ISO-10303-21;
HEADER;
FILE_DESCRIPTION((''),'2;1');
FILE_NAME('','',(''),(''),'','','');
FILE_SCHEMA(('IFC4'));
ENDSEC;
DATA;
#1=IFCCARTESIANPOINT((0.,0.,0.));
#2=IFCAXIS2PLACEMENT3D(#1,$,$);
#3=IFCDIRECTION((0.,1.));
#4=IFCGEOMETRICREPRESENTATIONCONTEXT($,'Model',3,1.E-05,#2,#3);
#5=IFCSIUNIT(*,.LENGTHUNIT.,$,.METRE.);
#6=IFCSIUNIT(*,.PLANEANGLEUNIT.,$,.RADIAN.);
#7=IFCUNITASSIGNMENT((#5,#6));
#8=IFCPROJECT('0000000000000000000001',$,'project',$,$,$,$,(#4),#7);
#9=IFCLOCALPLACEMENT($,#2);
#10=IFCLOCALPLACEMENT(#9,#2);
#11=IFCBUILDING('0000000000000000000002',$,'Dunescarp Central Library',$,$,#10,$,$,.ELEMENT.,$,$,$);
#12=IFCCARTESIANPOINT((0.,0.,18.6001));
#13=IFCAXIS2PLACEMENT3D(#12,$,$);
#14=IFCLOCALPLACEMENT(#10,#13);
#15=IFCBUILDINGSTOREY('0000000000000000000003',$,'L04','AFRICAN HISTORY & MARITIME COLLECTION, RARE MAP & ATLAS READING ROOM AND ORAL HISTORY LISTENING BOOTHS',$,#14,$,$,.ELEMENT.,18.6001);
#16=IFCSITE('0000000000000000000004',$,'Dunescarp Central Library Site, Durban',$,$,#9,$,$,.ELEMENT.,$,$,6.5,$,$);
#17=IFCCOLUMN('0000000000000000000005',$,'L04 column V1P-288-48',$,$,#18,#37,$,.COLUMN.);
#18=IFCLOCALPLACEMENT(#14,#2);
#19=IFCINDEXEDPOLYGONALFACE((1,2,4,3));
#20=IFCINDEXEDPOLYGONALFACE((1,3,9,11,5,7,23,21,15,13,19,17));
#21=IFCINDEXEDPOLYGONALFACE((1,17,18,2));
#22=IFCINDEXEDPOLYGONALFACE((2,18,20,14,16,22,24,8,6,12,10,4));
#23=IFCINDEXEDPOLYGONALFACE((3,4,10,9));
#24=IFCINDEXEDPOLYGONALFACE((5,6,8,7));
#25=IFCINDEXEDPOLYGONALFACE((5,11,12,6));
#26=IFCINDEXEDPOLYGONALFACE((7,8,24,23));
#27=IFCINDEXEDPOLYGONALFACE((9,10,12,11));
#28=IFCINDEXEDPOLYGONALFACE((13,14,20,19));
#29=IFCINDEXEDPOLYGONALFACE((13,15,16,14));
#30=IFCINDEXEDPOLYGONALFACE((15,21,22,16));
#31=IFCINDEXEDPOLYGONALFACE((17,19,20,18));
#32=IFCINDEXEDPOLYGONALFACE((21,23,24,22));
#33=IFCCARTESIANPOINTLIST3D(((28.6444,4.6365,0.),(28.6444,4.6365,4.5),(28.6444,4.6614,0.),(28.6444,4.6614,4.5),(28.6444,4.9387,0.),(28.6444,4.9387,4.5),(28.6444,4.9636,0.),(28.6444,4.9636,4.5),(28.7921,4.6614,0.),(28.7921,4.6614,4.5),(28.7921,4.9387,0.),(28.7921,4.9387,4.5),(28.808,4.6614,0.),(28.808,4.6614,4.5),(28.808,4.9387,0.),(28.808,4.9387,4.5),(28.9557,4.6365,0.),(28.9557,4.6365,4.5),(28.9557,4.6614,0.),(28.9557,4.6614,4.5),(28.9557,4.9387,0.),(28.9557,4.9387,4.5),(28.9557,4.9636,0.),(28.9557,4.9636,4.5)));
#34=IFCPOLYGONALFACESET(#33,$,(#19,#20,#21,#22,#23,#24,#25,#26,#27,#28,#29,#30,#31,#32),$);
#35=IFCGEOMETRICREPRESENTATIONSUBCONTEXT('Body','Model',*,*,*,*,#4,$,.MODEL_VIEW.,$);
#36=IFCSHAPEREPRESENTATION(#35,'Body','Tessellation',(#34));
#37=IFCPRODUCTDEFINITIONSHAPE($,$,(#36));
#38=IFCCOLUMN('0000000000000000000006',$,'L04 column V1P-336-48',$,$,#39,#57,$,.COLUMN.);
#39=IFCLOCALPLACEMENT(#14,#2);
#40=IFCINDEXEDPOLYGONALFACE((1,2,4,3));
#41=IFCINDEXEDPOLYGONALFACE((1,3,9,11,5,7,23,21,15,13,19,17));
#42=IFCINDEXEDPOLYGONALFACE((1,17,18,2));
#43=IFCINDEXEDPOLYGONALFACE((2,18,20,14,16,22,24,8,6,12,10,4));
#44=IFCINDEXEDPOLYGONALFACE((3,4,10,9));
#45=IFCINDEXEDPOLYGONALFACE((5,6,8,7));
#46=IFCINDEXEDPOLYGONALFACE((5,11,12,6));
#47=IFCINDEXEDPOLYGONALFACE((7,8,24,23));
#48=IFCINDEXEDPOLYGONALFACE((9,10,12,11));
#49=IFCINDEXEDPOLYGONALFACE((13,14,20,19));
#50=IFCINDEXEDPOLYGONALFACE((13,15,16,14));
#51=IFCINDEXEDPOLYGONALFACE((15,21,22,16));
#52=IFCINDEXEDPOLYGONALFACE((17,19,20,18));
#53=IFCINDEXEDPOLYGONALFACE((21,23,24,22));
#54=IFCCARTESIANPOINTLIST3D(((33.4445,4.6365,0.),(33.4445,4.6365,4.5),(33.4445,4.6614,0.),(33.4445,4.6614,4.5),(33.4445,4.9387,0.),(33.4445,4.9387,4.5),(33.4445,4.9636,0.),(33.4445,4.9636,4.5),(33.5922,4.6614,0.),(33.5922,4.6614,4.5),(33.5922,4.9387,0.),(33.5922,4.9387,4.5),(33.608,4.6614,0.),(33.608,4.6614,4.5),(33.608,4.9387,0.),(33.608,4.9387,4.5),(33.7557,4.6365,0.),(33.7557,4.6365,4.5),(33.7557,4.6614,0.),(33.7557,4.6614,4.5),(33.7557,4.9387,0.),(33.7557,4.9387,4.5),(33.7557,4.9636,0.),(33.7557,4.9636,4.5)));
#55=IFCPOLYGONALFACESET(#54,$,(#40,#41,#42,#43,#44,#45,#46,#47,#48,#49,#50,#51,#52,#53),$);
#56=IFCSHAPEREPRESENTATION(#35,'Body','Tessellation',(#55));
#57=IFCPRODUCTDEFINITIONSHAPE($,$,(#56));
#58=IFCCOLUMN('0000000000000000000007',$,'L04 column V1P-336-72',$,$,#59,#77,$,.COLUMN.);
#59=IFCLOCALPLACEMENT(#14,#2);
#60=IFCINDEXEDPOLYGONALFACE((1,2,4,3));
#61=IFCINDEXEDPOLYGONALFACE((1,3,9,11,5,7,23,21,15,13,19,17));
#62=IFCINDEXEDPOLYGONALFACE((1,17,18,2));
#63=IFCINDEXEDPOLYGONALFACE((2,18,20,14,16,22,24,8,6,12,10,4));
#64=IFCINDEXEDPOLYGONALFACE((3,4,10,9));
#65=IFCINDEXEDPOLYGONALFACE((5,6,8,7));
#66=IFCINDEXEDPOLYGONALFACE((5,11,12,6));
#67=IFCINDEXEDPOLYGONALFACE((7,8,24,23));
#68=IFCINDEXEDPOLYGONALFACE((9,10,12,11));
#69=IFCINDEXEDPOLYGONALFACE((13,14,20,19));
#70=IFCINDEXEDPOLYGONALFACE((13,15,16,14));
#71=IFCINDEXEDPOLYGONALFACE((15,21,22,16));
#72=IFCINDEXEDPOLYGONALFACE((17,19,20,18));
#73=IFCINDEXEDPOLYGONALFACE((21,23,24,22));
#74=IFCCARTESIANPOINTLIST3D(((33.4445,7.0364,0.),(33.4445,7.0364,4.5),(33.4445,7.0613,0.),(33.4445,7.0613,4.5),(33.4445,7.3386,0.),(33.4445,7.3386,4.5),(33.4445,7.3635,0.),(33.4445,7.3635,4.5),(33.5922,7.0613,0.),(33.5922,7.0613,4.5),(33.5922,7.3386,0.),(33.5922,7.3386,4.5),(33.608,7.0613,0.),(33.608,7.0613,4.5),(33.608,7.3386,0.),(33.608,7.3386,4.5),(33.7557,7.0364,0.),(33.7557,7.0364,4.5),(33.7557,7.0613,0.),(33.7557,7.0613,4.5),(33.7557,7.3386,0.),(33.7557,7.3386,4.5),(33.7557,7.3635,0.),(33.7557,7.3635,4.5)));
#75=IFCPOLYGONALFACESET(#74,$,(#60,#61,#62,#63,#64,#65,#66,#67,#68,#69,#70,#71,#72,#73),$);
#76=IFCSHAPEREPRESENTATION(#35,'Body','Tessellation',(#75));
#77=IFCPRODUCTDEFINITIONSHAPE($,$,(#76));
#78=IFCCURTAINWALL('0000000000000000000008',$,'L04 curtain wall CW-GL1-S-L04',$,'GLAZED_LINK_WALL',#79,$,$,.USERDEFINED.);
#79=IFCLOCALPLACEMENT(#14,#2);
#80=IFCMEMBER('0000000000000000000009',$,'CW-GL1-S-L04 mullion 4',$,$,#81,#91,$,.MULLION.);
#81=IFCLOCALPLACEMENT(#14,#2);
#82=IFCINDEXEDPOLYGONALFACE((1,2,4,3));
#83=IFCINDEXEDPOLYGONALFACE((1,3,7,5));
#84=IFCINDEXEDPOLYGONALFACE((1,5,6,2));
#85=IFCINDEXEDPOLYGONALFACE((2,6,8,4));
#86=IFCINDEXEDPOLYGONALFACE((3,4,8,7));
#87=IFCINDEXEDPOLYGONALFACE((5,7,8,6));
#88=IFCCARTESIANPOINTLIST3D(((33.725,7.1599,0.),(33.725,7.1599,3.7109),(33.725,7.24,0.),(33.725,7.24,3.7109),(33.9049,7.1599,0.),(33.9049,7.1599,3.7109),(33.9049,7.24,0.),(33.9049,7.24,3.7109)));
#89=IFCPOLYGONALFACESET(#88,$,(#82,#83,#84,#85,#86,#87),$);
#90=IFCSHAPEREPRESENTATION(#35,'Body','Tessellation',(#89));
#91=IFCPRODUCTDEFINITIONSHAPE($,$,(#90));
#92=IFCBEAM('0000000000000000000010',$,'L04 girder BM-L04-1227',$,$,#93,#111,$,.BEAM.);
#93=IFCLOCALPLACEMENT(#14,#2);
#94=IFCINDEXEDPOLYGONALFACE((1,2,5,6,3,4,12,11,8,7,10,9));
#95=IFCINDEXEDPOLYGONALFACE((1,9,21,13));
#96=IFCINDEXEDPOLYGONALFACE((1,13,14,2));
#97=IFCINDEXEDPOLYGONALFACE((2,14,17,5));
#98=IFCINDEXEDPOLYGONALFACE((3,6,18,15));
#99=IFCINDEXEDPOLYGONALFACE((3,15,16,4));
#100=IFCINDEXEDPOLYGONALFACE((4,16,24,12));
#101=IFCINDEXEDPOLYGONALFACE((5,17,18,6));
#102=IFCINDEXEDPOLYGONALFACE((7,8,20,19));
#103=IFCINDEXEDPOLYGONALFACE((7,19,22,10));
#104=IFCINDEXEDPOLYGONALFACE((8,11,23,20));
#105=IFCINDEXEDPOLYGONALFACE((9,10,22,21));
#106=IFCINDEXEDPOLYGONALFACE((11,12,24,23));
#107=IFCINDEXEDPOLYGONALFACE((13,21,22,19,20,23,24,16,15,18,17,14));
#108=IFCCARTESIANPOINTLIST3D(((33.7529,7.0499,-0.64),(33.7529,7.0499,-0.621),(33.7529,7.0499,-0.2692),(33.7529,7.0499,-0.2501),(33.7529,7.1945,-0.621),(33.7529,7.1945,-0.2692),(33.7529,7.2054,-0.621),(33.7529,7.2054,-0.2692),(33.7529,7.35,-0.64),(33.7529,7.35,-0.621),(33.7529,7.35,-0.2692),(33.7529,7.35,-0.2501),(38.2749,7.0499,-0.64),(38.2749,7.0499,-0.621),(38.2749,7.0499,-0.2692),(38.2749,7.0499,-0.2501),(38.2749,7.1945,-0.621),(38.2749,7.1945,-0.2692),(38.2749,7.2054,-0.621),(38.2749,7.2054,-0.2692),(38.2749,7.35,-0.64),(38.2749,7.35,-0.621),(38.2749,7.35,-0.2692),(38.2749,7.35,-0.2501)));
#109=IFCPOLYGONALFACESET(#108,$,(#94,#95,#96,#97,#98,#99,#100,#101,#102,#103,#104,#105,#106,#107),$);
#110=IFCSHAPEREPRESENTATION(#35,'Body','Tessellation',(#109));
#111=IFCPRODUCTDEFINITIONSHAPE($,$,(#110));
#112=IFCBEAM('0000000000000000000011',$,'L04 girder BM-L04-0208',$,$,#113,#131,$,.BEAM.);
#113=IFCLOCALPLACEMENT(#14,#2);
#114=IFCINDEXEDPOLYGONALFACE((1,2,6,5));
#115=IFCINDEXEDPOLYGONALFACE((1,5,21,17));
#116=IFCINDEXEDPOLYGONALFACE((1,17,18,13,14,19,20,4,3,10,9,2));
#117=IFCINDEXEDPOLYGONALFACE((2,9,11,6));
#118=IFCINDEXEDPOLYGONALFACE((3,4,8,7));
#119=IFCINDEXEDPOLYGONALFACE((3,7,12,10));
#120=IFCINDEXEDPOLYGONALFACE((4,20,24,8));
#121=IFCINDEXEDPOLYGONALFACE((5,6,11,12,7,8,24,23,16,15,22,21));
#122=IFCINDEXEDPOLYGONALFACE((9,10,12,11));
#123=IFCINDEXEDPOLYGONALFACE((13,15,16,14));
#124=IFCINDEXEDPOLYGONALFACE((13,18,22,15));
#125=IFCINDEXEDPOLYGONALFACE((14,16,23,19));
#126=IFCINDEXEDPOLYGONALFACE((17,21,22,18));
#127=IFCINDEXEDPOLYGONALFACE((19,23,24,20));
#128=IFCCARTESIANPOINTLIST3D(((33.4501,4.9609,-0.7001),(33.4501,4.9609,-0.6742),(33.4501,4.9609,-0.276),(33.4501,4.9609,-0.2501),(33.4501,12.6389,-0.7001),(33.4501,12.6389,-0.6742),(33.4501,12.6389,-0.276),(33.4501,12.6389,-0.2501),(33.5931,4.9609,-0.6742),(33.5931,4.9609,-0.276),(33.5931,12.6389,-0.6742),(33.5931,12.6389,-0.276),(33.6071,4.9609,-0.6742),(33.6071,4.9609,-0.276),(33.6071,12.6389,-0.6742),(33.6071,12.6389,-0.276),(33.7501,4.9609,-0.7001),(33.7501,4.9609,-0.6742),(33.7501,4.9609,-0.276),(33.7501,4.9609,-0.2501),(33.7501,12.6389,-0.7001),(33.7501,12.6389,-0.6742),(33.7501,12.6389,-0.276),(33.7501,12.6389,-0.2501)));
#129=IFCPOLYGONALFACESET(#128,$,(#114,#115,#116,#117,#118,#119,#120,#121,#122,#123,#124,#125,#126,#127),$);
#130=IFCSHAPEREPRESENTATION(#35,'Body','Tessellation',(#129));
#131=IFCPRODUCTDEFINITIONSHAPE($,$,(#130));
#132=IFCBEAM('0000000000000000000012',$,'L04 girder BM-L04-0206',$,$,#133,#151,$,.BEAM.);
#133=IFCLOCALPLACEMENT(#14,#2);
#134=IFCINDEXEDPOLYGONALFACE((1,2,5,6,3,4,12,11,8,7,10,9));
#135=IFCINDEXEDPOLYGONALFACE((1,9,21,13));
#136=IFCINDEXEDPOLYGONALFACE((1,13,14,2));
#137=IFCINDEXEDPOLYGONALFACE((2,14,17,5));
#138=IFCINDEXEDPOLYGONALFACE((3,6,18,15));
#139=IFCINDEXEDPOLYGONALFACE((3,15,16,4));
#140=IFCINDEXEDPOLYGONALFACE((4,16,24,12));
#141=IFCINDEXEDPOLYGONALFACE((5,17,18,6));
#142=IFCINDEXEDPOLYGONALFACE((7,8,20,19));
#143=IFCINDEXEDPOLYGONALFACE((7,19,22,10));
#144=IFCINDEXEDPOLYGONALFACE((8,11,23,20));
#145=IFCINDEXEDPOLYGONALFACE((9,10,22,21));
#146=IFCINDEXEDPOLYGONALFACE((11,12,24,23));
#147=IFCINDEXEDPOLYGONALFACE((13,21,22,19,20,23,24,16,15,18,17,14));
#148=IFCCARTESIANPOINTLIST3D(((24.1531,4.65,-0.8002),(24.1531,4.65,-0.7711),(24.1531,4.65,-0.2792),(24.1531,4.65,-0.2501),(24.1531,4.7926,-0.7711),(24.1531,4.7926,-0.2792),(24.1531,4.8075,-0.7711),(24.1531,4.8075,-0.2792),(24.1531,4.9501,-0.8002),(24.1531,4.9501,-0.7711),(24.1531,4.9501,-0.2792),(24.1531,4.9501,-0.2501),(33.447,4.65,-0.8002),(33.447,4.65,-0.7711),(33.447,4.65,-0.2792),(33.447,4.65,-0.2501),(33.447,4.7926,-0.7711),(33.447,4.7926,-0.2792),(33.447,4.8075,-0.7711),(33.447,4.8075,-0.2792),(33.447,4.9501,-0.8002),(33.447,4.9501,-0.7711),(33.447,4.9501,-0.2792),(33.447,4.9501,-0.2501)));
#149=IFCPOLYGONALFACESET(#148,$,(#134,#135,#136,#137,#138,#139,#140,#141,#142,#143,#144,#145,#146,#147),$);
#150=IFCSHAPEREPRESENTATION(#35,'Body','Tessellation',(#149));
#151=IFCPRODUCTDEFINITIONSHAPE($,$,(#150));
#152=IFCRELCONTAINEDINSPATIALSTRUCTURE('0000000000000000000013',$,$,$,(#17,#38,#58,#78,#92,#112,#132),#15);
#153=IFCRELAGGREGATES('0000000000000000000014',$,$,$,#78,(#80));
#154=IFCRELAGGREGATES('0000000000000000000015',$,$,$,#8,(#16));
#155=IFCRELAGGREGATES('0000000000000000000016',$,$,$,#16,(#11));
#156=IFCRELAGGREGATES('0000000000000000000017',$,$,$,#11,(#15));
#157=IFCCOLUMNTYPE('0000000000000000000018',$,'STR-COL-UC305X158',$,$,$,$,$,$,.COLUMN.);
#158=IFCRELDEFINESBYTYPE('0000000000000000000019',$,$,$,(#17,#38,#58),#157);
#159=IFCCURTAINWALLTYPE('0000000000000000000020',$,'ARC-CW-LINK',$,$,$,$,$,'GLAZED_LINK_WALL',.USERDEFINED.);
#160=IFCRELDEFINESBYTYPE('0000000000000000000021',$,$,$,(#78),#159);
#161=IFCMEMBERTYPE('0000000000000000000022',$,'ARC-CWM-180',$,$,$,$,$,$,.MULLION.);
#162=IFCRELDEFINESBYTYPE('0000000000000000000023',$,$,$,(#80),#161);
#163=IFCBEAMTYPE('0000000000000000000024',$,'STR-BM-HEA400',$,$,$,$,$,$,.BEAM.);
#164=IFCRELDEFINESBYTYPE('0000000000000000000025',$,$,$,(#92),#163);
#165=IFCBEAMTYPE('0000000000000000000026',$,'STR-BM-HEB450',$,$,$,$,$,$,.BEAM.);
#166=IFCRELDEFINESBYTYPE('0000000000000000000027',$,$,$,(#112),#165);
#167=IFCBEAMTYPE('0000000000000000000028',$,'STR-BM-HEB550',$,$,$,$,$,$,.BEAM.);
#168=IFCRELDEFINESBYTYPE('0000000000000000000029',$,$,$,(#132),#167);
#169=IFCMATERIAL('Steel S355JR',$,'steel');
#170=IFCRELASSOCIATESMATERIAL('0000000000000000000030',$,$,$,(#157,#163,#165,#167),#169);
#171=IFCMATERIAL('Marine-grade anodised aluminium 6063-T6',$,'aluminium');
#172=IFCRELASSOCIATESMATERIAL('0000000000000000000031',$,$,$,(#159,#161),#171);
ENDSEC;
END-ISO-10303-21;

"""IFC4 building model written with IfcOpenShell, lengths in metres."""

from ifc_helpers import new_model, si_unit, direction, frame, origin, origin_2d, place, context, subcontext, project, spatial, rectangle, i_section, extrude, material, material_profile, profile_set, type_object, element, aggregate, save


model = new_model("IFC4")

# Units and contexts
model_context = context("Model", 3, precision=1e-05, world=origin(), true_north=direction((0.0, 1.0)))
body_context = subcontext(model_context, "Body", "Model", "MODEL_VIEW")
ifc_project = project(units=[si_unit("LENGTHUNIT", "METRE"), si_unit("PLANEANGLEUNIT", "RADIAN")], contexts=[model_context])

# Site, building, storey
site_placement = place(None, origin())
site = spatial("IfcSite", under=ifc_project, at=site_placement, Name="Dunescarp Central Library Site, Durban", CompositionType="ELEMENT", RefElevation=6.5)
building_placement = place(site_placement, origin())
building = spatial("IfcBuilding", under=site, at=building_placement, Name="Dunescarp Central Library", CompositionType="ELEMENT")
storey_placement = place(building_placement, frame((0.0, 0.0, 18.6001)))
storey = spatial("IfcBuildingStorey", under=building, at=storey_placement, Name="L04", Description="AFRICAN HISTORY & MARITIME COLLECTION, RARE MAP & ATLAS READING ROOM AND ORAL HISTORY LISTENING BOOTHS", CompositionType="ELEMENT", Elevation=18.6001)

# Columns
ifc_material_1 = material(Name="Steel S355JR", Category="steel")
ifc_material_profile_1 = material_profile(ifc_material_1, i_section(OverallWidth=0.3113, OverallDepth=0.3271, WebThickness=0.0159, FlangeThickness=0.0249, at=origin_2d()), Name="UC 305x305x158")
ifc_profile_set_1 = profile_set([ifc_material_profile_1], Name="Steel S355JR")
column_type = type_object("IfcColumnType", Name="STR-COL-UC305X158", PredefinedType="COLUMN", material=ifc_profile_set_1)
for number, where, z_axis, x_axis, name in (
    (1, (28.8, 4.8, 0.0), (0.0, 0.0, 1.0), (1.0, 0.0, 0.0), "L04 column V1P-288-48"),
    (2, (33.6001, 4.8, 0.0), (0.0, 0.0, 1.0), (1.0, 0.0, 0.0), "L04 column V1P-336-48"),
    (3, (33.6001, 7.2, 0.0), (0.0, 0.0, 1.0), (1.0, 0.0, 0.0), "L04 column V1P-336-72"),
):
    element("IfcColumn", number, at=place(storey_placement, frame(where, z_axis=z_axis, x_axis=x_axis)), inside=storey, type_object=column_type, Name=name, PredefinedType="COLUMN", context=body_context, shape_type="SweptSolid", body=[
        extrude(i_section(OverallWidth=0.3113, OverallDepth=0.3271, WebThickness=0.0159, FlangeThickness=0.0249, at=origin_2d()), origin(), (0.0, 0.0, 1.0), 4.5),
    ])

# Curtain wall, member
ifc_material_2 = material(Name="Marine-grade anodised aluminium 6063-T6", Category="aluminium")
curtain_wall_type = type_object("IfcCurtainWallType", Name="ARC-CW-LINK", ElementType="GLAZED_LINK_WALL", PredefinedType="USERDEFINED", material=ifc_material_2)
curtain_wall_placement = place(storey_placement, origin())
curtain_wall = element("IfcCurtainWall", 4, at=curtain_wall_placement, inside=storey, type_object=curtain_wall_type, Name="L04 curtain wall CW-GL1-S-L04", ObjectType="GLAZED_LINK_WALL", PredefinedType="USERDEFINED")
ifc_material_profile_2 = material_profile(ifc_material_2, rectangle(XDim=0.0801, YDim=0.1799, at=origin_2d()), Name="AL 80x180")
ifc_profile_set_2 = profile_set([ifc_material_profile_2], Name="Marine-grade anodised aluminium 6063-T6")
member_type_1 = type_object("IfcMemberType", Name="ARC-CWM-180", PredefinedType="MULLION", material=ifc_profile_set_2)
member_placement = place(storey_placement, frame((33.8149, 7.2, 0.0), z_axis=(0.0, 0.0, 1.0), x_axis=(0.0, -1.0, 0.0)))
member = element("IfcMember", 5, at=member_placement, type_object=member_type_1, Name="CW-GL1-S-L04 mullion 4", PredefinedType="MULLION", context=body_context, shape_type="SweptSolid", body=[
    extrude(rectangle(XDim=0.0801, YDim=0.1799, at=origin_2d()), origin(), (0.0, 0.0, 1.0), 3.7109),
])
aggregate(curtain_wall, [member])

# Beams
ifc_material_profile_3 = material_profile(ifc_material_1, i_section(OverallWidth=0.3, OverallDepth=0.3899, WebThickness=0.011, FlangeThickness=0.019, at=origin_2d()), Name="HEA 400")
ifc_profile_set_3 = profile_set([ifc_material_profile_3], Name="Steel S355JR")
beam_type_1 = type_object("IfcBeamType", Name="STR-BM-HEA400", PredefinedType="BEAM", material=ifc_profile_set_3)
beam_1_placement = place(storey_placement, frame((33.7529, 7.2, -0.4451), z_axis=(1.0, 0.0, 0.0), x_axis=(0.0, 1.0, 0.0)))
element("IfcBeam", 6, at=beam_1_placement, inside=storey, type_object=beam_type_1, Name="L04 girder BM-L04-1227", PredefinedType="BEAM", context=body_context, shape_type="SweptSolid", body=[
    extrude(i_section(OverallWidth=0.3, OverallDepth=0.3899, WebThickness=0.011, FlangeThickness=0.019, at=origin_2d()), origin(), (0.0, 0.0, 1.0), 4.522),
])
ifc_material_profile_4 = material_profile(ifc_material_1, i_section(OverallWidth=0.3, OverallDepth=0.45, WebThickness=0.0139, FlangeThickness=0.0259, at=origin_2d()), Name="HEB 450")
ifc_profile_set_4 = profile_set([ifc_material_profile_4], Name="Steel S355JR")
beam_type_2 = type_object("IfcBeamType", Name="STR-BM-HEB450", PredefinedType="BEAM", material=ifc_profile_set_4)
beam_2_placement = place(storey_placement, frame((33.6001, 4.9609, -0.4751), z_axis=(0.0, 1.0, 0.0), x_axis=(-1.0, 0.0, 0.0)))
element("IfcBeam", 7, at=beam_2_placement, inside=storey, type_object=beam_type_2, Name="L04 girder BM-L04-0208", PredefinedType="BEAM", context=body_context, shape_type="SweptSolid", body=[
    extrude(i_section(OverallWidth=0.3, OverallDepth=0.45, WebThickness=0.0139, FlangeThickness=0.0259, at=origin_2d()), origin(), (0.0, 0.0, 1.0), 7.678),
])
ifc_material_profile_5 = material_profile(ifc_material_1, i_section(OverallWidth=0.3, OverallDepth=0.55, WebThickness=0.0149, FlangeThickness=0.0291, at=origin_2d()), Name="HEB 550")
ifc_profile_set_5 = profile_set([ifc_material_profile_5], Name="Steel S355JR")
beam_type_3 = type_object("IfcBeamType", Name="STR-BM-HEB550", PredefinedType="BEAM", material=ifc_profile_set_5)
beam_3_placement = place(storey_placement, frame((24.1531, 4.8, -0.5251), z_axis=(1.0, 0.0, 0.0), x_axis=(0.0, 1.0, 0.0)))
element("IfcBeam", 8, at=beam_3_placement, inside=storey, type_object=beam_type_3, Name="L04 girder BM-L04-0206", PredefinedType="BEAM", context=body_context, shape_type="SweptSolid", body=[
    extrude(i_section(OverallWidth=0.3, OverallDepth=0.55, WebThickness=0.0149, FlangeThickness=0.0291, at=origin_2d()), origin(), (0.0, 0.0, 1.0), 9.2939),
])

save(model, "model.ifc")
